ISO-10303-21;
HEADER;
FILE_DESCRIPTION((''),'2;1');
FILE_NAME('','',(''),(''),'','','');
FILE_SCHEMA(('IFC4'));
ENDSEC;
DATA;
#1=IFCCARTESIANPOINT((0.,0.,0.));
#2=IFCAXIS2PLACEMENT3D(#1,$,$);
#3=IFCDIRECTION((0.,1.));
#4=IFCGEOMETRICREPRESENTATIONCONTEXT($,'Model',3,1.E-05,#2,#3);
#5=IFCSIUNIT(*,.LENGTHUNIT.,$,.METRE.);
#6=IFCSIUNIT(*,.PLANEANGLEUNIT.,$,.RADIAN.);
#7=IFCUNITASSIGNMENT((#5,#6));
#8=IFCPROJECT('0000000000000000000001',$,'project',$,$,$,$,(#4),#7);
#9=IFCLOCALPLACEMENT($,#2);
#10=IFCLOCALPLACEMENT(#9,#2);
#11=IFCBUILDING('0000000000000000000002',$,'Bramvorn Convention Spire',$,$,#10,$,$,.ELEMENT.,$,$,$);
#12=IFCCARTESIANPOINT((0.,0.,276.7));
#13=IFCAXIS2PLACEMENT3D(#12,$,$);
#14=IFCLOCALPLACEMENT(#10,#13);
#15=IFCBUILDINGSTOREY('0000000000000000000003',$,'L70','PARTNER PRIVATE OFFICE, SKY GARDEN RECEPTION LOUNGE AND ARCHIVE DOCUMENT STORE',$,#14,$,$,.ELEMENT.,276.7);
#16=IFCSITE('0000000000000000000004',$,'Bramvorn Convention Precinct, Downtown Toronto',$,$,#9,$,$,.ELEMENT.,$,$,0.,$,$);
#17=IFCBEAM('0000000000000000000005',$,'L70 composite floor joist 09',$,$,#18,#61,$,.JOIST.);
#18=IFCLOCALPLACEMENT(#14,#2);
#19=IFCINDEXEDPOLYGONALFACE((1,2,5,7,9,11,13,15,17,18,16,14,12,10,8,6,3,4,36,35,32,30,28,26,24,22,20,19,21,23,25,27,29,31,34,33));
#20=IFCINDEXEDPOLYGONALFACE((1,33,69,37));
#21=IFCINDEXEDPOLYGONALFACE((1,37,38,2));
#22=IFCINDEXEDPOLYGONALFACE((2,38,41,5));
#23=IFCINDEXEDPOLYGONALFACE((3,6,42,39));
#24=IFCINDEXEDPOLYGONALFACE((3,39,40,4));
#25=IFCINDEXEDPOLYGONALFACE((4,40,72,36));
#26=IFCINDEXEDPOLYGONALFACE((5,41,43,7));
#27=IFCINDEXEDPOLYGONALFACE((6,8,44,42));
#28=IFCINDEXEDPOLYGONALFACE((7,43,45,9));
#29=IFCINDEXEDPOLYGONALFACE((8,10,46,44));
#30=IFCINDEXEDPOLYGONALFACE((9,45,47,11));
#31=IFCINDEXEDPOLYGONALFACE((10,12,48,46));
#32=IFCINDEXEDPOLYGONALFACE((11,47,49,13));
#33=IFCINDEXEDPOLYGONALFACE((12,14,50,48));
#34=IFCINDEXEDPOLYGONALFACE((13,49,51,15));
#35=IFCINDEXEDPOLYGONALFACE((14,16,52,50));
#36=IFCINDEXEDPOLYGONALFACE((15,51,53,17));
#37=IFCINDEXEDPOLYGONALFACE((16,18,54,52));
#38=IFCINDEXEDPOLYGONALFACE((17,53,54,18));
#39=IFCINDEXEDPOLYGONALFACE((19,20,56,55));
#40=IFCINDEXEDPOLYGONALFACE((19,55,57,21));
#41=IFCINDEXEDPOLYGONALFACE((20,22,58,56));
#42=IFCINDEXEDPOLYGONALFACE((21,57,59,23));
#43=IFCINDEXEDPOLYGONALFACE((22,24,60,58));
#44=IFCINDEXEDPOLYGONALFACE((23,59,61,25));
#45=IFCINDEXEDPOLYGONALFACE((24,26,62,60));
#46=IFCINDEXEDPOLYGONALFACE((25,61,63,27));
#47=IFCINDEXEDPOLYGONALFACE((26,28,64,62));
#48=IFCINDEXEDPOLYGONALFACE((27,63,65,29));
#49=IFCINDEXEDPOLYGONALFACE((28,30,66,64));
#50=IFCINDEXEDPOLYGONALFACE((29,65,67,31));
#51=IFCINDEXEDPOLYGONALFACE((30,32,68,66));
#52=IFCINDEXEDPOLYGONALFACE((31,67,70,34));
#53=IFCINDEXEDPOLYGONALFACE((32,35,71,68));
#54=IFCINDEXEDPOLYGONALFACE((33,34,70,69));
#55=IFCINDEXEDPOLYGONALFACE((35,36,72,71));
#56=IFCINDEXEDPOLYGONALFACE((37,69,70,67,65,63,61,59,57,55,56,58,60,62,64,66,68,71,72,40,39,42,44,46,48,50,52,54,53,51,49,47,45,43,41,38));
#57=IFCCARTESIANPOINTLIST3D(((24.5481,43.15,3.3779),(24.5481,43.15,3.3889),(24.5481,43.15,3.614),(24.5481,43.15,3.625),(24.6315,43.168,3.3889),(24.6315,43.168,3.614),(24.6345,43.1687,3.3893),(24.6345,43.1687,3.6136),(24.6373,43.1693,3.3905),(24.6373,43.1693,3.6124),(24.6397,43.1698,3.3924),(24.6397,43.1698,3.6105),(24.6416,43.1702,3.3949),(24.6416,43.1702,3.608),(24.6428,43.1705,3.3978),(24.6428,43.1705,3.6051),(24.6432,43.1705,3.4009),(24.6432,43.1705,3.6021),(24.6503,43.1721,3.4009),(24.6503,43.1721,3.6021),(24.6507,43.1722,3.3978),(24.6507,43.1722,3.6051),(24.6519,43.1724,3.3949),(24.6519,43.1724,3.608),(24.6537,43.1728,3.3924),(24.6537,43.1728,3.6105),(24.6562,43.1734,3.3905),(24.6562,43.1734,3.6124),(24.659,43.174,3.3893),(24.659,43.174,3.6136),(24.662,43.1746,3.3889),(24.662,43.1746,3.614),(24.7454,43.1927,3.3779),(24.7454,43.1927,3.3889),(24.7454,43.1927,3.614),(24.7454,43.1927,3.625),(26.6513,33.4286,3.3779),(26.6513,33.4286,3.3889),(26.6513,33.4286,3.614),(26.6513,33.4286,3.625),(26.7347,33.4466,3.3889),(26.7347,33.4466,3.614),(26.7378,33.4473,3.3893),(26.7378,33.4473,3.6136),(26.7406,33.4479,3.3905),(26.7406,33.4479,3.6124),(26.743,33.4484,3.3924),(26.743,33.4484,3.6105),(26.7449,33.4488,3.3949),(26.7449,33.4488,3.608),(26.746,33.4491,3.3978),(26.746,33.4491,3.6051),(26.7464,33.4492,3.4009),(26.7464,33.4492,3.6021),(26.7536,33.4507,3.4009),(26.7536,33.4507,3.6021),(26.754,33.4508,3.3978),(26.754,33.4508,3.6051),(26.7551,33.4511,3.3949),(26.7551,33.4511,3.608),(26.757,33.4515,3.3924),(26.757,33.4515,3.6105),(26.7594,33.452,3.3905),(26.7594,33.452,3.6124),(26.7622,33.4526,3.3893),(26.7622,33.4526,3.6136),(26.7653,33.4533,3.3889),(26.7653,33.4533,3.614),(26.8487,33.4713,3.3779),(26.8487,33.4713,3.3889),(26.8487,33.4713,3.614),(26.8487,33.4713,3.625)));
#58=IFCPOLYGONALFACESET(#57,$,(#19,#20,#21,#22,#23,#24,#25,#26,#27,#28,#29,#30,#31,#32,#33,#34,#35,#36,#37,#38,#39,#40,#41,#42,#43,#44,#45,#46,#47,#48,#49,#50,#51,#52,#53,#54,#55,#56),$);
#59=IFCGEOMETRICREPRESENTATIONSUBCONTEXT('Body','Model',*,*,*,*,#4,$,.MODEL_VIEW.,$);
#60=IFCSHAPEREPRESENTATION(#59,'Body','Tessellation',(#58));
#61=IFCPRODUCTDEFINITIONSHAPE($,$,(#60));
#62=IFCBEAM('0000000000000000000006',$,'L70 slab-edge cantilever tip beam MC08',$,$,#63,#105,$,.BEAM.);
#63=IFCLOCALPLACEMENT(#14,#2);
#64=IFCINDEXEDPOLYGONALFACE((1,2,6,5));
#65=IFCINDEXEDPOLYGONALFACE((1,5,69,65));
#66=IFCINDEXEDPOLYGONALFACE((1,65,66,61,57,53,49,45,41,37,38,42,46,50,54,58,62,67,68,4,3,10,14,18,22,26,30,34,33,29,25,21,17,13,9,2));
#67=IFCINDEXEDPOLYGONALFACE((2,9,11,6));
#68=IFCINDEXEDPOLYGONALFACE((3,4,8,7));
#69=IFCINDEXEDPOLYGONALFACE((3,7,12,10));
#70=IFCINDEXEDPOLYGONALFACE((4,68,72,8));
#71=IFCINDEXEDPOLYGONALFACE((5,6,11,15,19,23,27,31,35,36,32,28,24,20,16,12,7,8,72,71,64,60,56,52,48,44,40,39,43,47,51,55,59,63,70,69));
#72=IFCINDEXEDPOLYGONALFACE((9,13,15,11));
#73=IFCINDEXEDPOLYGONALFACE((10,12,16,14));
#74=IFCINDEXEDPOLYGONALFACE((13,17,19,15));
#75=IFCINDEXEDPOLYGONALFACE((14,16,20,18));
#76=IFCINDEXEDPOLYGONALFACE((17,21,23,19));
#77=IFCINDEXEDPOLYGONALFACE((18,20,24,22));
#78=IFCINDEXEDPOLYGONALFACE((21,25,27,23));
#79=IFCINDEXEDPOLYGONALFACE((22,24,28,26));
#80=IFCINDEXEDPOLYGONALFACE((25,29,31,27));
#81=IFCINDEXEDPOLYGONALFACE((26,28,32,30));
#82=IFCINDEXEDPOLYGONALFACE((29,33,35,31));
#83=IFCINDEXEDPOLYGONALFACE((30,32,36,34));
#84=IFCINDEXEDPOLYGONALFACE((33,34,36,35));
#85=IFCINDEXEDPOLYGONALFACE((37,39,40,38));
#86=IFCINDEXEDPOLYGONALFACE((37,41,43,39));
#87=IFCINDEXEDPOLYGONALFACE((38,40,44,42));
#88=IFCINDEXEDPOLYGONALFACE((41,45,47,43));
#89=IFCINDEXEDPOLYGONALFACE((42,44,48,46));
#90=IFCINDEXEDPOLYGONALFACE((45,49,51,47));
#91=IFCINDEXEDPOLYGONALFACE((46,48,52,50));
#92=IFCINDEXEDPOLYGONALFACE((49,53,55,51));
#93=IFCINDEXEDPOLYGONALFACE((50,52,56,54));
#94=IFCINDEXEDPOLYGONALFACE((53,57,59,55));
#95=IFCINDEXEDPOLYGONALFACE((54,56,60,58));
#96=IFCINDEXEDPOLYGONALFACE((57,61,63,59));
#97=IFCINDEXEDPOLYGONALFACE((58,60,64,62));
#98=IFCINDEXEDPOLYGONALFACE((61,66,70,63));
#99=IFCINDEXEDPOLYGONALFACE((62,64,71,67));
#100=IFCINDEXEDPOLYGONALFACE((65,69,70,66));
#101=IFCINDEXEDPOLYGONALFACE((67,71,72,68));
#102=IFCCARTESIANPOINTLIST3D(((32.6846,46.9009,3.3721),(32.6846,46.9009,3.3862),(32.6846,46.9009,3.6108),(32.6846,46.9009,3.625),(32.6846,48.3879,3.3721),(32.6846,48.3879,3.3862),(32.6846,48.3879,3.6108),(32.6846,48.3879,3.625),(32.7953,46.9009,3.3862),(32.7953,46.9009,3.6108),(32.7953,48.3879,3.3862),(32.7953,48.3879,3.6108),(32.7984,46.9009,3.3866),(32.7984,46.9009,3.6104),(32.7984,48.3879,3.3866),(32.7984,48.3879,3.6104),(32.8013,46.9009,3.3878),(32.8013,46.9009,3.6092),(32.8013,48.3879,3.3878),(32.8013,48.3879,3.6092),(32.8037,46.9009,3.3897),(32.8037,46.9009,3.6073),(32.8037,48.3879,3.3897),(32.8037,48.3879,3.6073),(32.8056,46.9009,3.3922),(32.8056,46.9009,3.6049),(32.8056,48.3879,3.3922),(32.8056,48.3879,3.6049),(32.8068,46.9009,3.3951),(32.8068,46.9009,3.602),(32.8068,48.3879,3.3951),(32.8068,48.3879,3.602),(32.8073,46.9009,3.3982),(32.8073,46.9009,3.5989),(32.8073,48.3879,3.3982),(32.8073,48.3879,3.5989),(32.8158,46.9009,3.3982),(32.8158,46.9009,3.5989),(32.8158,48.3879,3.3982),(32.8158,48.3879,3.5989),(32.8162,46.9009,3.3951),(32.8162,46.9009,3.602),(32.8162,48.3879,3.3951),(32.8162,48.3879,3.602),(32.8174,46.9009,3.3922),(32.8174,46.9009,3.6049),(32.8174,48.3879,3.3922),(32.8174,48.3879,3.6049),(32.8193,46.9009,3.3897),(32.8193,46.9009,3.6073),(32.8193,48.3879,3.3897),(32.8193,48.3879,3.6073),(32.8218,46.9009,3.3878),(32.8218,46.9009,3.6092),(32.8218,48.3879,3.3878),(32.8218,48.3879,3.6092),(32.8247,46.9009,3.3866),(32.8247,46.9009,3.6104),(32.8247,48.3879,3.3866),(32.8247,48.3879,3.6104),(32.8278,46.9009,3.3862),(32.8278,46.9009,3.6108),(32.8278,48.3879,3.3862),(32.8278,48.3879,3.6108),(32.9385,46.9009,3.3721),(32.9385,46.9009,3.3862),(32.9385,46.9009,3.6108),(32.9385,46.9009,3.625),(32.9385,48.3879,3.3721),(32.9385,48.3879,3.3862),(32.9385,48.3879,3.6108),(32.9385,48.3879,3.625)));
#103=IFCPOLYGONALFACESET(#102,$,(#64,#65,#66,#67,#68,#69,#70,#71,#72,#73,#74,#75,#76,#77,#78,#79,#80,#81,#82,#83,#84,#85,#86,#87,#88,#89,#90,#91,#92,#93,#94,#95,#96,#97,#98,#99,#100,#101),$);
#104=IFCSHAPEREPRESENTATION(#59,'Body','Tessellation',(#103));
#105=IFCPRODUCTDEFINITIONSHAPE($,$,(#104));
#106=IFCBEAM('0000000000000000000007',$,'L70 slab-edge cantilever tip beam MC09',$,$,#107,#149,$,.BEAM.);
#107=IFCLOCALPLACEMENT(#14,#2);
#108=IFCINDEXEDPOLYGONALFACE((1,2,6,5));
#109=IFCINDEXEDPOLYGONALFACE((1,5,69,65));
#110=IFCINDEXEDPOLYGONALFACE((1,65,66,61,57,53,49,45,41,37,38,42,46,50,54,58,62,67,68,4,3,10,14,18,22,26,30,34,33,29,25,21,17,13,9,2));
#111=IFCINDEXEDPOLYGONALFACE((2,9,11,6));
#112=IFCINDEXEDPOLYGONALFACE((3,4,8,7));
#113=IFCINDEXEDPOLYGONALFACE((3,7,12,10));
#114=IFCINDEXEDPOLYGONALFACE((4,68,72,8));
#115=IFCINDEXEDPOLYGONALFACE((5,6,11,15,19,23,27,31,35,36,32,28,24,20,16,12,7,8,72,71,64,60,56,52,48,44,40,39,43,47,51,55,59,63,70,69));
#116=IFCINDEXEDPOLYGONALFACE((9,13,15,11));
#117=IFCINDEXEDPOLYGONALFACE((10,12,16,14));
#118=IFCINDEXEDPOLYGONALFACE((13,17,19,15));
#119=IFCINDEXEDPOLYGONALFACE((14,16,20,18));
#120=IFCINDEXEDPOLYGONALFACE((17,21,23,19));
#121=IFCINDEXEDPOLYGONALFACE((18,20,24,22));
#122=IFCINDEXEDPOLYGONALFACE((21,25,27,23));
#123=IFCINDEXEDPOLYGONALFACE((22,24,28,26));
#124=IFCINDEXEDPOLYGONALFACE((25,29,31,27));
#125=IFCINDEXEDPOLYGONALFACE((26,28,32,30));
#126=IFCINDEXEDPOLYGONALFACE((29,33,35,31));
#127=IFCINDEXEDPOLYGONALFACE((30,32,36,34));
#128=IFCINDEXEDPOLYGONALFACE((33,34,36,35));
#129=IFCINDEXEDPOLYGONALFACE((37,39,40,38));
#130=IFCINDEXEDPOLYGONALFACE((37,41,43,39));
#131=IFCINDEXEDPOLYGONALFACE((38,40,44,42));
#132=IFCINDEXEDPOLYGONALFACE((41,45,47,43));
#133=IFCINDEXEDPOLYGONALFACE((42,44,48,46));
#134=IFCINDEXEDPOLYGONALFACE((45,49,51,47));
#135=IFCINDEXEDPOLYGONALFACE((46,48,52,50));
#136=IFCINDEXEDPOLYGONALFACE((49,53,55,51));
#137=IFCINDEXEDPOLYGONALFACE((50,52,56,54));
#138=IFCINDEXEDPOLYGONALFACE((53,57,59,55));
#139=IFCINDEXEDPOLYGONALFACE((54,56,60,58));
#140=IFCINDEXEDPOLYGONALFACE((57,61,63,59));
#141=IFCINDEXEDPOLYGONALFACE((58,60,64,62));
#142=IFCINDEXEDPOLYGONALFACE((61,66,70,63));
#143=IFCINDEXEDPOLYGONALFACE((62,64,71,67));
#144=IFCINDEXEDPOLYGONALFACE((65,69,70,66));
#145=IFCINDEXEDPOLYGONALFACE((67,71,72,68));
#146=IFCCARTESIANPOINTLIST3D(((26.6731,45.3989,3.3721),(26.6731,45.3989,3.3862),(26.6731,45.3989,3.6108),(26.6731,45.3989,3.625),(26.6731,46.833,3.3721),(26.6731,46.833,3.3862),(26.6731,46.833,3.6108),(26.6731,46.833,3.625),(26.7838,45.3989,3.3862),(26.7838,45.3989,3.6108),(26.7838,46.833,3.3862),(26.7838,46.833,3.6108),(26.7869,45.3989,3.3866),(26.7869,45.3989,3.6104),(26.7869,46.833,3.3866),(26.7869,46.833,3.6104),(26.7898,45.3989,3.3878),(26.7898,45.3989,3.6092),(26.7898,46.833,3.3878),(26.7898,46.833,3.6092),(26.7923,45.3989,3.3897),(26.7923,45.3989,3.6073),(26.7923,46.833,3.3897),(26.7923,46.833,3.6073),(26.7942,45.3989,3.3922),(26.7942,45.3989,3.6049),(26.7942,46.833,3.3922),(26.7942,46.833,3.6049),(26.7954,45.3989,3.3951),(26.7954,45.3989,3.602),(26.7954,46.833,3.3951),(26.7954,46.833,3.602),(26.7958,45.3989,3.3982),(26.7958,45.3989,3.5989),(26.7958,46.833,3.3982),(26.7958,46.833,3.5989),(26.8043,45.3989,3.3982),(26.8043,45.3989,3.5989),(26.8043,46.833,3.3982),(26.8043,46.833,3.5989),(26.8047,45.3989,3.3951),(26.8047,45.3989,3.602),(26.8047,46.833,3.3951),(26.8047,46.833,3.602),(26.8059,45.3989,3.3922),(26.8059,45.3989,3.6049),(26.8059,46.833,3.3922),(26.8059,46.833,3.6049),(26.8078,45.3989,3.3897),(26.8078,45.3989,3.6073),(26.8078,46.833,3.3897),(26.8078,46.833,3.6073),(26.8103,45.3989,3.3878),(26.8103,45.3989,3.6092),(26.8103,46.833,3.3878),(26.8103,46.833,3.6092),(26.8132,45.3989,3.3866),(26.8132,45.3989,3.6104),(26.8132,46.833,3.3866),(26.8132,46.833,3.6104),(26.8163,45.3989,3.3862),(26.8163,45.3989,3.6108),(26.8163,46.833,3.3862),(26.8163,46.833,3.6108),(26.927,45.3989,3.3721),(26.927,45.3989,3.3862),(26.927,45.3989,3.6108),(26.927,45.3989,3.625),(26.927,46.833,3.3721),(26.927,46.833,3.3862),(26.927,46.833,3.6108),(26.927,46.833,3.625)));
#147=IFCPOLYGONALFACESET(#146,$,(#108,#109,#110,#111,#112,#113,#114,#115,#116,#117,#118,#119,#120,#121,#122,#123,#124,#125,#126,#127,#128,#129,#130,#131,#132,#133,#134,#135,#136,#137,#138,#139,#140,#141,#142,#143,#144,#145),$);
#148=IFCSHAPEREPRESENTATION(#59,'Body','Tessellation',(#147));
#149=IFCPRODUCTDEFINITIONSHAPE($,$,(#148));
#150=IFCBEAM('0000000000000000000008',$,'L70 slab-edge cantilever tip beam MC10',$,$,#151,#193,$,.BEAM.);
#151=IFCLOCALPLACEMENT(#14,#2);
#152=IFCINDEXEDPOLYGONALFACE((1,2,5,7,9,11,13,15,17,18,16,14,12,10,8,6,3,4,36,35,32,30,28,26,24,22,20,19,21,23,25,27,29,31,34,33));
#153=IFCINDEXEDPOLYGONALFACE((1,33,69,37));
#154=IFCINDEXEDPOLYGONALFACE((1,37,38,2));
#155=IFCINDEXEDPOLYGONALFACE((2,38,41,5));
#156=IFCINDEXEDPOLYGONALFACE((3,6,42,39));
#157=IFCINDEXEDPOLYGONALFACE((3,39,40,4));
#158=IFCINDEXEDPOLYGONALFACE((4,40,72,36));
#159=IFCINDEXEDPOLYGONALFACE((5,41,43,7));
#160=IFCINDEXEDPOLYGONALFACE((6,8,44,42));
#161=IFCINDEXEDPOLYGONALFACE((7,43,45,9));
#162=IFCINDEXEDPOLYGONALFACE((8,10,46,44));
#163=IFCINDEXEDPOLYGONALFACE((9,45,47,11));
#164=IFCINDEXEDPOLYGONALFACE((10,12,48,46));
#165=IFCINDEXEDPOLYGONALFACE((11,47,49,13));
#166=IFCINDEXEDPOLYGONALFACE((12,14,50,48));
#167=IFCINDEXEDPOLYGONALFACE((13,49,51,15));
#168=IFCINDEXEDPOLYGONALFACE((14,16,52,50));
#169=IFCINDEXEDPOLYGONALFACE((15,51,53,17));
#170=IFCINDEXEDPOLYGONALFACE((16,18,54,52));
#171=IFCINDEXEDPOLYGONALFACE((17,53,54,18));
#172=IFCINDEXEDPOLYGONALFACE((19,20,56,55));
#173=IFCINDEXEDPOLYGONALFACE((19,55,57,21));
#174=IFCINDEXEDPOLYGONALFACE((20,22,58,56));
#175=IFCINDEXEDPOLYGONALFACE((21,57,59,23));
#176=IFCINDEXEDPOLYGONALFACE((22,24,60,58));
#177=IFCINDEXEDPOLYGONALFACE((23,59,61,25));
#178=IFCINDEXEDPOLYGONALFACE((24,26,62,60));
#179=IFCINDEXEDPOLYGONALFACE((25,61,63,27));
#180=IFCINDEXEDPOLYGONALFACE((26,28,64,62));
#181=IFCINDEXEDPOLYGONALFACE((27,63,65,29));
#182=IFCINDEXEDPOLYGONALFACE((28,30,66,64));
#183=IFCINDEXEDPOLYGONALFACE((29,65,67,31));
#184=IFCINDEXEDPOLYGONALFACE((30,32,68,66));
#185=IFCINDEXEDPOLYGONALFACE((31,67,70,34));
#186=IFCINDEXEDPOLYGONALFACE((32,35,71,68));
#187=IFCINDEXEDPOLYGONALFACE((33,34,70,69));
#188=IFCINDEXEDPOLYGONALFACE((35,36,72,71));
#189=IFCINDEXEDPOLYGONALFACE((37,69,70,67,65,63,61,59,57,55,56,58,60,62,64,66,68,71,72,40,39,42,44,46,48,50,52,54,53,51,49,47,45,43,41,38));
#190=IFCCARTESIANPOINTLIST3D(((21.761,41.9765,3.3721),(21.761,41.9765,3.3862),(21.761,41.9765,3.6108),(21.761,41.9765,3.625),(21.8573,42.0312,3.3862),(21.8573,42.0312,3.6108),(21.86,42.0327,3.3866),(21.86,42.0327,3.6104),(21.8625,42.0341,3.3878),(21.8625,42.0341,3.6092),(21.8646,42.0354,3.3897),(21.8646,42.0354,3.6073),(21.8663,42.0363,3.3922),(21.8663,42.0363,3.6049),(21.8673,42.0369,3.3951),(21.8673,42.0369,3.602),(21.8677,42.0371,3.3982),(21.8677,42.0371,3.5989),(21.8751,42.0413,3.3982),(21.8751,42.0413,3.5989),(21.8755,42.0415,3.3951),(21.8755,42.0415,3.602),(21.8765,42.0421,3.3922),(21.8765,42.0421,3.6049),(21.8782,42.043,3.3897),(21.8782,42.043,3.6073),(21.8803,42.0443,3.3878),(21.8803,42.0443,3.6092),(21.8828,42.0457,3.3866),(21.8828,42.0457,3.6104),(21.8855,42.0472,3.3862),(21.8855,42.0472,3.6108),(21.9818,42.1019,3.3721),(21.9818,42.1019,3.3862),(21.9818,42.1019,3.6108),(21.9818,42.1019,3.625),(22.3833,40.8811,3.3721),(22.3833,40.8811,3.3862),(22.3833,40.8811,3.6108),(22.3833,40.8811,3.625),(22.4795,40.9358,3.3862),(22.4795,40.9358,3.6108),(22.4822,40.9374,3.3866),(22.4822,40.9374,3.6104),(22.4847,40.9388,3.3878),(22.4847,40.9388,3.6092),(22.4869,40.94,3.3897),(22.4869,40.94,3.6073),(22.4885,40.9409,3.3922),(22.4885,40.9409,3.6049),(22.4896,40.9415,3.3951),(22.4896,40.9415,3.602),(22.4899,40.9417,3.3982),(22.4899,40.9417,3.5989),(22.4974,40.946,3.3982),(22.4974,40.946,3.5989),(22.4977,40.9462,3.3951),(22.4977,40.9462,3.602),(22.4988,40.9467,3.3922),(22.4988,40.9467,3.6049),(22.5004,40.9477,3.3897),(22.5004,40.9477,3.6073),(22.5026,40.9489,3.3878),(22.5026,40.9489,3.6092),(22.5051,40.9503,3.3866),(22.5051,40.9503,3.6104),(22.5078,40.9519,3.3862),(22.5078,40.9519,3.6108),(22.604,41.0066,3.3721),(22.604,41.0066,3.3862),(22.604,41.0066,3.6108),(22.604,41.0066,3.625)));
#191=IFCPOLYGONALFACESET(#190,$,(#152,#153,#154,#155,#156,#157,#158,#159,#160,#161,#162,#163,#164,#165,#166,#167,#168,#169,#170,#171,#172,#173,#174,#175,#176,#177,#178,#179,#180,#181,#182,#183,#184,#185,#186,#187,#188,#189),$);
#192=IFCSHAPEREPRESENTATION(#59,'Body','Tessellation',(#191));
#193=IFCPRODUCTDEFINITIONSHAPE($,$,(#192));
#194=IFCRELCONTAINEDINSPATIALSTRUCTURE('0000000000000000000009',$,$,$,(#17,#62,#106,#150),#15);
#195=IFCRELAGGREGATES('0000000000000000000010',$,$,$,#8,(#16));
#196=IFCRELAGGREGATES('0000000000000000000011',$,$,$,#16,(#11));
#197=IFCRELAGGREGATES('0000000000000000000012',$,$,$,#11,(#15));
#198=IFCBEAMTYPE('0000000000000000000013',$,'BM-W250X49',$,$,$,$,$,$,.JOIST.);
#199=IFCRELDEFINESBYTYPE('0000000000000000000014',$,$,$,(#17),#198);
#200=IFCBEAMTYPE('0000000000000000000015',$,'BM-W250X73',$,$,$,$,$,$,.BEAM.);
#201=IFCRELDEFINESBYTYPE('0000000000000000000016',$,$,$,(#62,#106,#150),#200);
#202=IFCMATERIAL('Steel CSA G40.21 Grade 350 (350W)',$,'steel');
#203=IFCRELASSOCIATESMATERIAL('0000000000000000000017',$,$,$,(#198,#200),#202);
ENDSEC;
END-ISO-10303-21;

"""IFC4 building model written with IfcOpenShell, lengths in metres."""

from ifc_helpers import new_model, si_unit, direction, frame, origin, origin_2d, place, context, subcontext, project, spatial, i_section, extrude, material, material_profile, profile_set, type_object, element, save


model = new_model("IFC4")

# Units and contexts
model_context = context("Model", 3, precision=1e-05, world=origin(), true_north=direction((0.0, 1.0)))
body_context = subcontext(model_context, "Body", "Model", "MODEL_VIEW")
ifc_project = project(units=[si_unit("LENGTHUNIT", "METRE"), si_unit("PLANEANGLEUNIT", "RADIAN")], contexts=[model_context])

# Site, building, storey
site_placement = place(None, origin())
site = spatial("IfcSite", under=ifc_project, at=site_placement, Name="Bramvorn Convention Precinct, Downtown Toronto", CompositionType="ELEMENT", RefElevation=0.0)
building_placement = place(site_placement, origin())
building = spatial("IfcBuilding", under=site, at=building_placement, Name="Bramvorn Convention Spire", CompositionType="ELEMENT")
storey_placement = place(building_placement, frame((0.0, 0.0, 276.7)))
storey = spatial("IfcBuildingStorey", under=building, at=storey_placement, Name="L70", Description="PARTNER PRIVATE OFFICE, SKY GARDEN RECEPTION LOUNGE AND ARCHIVE DOCUMENT STORE", CompositionType="ELEMENT", Elevation=276.7)

# Shared definitions
ifc_material_1 = material(Name="Steel CSA G40.21 Grade 350 (350W)", Category="steel")

# Beams
ifc_material_profile_1 = material_profile(ifc_material_1, i_section(OverallWidth=0.2019, OverallDepth=0.2471, WebThickness=0.0073, FlangeThickness=0.011, FilletRadius=0.012, at=origin_2d()))
ifc_profile_set_1 = profile_set([ifc_material_profile_1], Name="Steel CSA G40.21 Grade 350 (350W) - W250X49")
beam_type_1 = type_object("IfcBeamType", Name="BM-W250X49", PredefinedType="JOIST", material=ifc_profile_set_1)
beam_1_placement = place(storey_placement, frame((26.75, 33.45, 3.5015), z_axis=(-0.211461, 0.977386, 0.0), x_axis=(-0.977386, -0.211461, 0.0)))
element("IfcBeam", 1, at=beam_1_placement, inside=storey, type_object=beam_type_1, Name="L70 composite floor joist 09", PredefinedType="JOIST", context=body_context, shape_type="SweptSolid", body=[
    extrude(i_section(OverallWidth=0.2019, OverallDepth=0.2471, WebThickness=0.0073, FlangeThickness=0.011, FilletRadius=0.012, at=origin_2d()), origin(), (0.0, 0.0, 1.0), 9.9463),
])
ifc_material_profile_2 = material_profile(ifc_material_1, i_section(OverallWidth=0.2539, OverallDepth=0.2529, WebThickness=0.0085, FlangeThickness=0.0142, FilletRadius=0.012, at=origin_2d()))
ifc_profile_set_2 = profile_set([ifc_material_profile_2], Name="Steel CSA G40.21 Grade 350 (350W) - W250X73")
beam_type_2 = type_object("IfcBeamType", Name="BM-W250X73", PredefinedType="BEAM", material=ifc_profile_set_2)
beam_2_placement = place(storey_placement, frame((32.8115, 46.9009, 3.4985), z_axis=(0.0, 1.0, 0.0), x_axis=(-1.0, 0.0, 0.0)))
element("IfcBeam", 2, at=beam_2_placement, inside=storey, type_object=beam_type_2, Name="L70 slab-edge cantilever tip beam MC08", PredefinedType="BEAM", context=body_context, shape_type="SweptSolid", body=[
    extrude(i_section(OverallWidth=0.2539, OverallDepth=0.2529, WebThickness=0.0085, FlangeThickness=0.0142, FilletRadius=0.012, at=origin_2d()), origin(), (0.0, 0.0, 1.0), 1.4871),
])
beam_3_placement = place(storey_placement, frame((26.8, 45.3989, 3.4985), z_axis=(0.0, 1.0, 0.0), x_axis=(-1.0, 0.0, 0.0)))
element("IfcBeam", 3, at=beam_3_placement, inside=storey, type_object=beam_type_2, Name="L70 slab-edge cantilever tip beam MC09", PredefinedType="BEAM", context=body_context, shape_type="SweptSolid", body=[
    extrude(i_section(OverallWidth=0.2539, OverallDepth=0.2529, WebThickness=0.0085, FlangeThickness=0.0142, FilletRadius=0.012, at=origin_2d()), origin(), (0.0, 0.0, 1.0), 1.4341),
])
beam_4_placement = place(storey_placement, frame((22.4937, 40.9438, 3.4985), z_axis=(-0.493946, 0.869492, 0.0), x_axis=(-0.869492, -0.493946, 0.0)))
element("IfcBeam", 4, at=beam_4_placement, inside=storey, type_object=beam_type_2, Name="L70 slab-edge cantilever tip beam MC10", PredefinedType="BEAM", context=body_context, shape_type="SweptSolid", body=[
    extrude(i_section(OverallWidth=0.2539, OverallDepth=0.2529, WebThickness=0.0085, FlangeThickness=0.0142, FilletRadius=0.012, at=origin_2d()), origin(), (0.0, 0.0, 1.0), 1.2598),
])

save(model, "model.ifc")
